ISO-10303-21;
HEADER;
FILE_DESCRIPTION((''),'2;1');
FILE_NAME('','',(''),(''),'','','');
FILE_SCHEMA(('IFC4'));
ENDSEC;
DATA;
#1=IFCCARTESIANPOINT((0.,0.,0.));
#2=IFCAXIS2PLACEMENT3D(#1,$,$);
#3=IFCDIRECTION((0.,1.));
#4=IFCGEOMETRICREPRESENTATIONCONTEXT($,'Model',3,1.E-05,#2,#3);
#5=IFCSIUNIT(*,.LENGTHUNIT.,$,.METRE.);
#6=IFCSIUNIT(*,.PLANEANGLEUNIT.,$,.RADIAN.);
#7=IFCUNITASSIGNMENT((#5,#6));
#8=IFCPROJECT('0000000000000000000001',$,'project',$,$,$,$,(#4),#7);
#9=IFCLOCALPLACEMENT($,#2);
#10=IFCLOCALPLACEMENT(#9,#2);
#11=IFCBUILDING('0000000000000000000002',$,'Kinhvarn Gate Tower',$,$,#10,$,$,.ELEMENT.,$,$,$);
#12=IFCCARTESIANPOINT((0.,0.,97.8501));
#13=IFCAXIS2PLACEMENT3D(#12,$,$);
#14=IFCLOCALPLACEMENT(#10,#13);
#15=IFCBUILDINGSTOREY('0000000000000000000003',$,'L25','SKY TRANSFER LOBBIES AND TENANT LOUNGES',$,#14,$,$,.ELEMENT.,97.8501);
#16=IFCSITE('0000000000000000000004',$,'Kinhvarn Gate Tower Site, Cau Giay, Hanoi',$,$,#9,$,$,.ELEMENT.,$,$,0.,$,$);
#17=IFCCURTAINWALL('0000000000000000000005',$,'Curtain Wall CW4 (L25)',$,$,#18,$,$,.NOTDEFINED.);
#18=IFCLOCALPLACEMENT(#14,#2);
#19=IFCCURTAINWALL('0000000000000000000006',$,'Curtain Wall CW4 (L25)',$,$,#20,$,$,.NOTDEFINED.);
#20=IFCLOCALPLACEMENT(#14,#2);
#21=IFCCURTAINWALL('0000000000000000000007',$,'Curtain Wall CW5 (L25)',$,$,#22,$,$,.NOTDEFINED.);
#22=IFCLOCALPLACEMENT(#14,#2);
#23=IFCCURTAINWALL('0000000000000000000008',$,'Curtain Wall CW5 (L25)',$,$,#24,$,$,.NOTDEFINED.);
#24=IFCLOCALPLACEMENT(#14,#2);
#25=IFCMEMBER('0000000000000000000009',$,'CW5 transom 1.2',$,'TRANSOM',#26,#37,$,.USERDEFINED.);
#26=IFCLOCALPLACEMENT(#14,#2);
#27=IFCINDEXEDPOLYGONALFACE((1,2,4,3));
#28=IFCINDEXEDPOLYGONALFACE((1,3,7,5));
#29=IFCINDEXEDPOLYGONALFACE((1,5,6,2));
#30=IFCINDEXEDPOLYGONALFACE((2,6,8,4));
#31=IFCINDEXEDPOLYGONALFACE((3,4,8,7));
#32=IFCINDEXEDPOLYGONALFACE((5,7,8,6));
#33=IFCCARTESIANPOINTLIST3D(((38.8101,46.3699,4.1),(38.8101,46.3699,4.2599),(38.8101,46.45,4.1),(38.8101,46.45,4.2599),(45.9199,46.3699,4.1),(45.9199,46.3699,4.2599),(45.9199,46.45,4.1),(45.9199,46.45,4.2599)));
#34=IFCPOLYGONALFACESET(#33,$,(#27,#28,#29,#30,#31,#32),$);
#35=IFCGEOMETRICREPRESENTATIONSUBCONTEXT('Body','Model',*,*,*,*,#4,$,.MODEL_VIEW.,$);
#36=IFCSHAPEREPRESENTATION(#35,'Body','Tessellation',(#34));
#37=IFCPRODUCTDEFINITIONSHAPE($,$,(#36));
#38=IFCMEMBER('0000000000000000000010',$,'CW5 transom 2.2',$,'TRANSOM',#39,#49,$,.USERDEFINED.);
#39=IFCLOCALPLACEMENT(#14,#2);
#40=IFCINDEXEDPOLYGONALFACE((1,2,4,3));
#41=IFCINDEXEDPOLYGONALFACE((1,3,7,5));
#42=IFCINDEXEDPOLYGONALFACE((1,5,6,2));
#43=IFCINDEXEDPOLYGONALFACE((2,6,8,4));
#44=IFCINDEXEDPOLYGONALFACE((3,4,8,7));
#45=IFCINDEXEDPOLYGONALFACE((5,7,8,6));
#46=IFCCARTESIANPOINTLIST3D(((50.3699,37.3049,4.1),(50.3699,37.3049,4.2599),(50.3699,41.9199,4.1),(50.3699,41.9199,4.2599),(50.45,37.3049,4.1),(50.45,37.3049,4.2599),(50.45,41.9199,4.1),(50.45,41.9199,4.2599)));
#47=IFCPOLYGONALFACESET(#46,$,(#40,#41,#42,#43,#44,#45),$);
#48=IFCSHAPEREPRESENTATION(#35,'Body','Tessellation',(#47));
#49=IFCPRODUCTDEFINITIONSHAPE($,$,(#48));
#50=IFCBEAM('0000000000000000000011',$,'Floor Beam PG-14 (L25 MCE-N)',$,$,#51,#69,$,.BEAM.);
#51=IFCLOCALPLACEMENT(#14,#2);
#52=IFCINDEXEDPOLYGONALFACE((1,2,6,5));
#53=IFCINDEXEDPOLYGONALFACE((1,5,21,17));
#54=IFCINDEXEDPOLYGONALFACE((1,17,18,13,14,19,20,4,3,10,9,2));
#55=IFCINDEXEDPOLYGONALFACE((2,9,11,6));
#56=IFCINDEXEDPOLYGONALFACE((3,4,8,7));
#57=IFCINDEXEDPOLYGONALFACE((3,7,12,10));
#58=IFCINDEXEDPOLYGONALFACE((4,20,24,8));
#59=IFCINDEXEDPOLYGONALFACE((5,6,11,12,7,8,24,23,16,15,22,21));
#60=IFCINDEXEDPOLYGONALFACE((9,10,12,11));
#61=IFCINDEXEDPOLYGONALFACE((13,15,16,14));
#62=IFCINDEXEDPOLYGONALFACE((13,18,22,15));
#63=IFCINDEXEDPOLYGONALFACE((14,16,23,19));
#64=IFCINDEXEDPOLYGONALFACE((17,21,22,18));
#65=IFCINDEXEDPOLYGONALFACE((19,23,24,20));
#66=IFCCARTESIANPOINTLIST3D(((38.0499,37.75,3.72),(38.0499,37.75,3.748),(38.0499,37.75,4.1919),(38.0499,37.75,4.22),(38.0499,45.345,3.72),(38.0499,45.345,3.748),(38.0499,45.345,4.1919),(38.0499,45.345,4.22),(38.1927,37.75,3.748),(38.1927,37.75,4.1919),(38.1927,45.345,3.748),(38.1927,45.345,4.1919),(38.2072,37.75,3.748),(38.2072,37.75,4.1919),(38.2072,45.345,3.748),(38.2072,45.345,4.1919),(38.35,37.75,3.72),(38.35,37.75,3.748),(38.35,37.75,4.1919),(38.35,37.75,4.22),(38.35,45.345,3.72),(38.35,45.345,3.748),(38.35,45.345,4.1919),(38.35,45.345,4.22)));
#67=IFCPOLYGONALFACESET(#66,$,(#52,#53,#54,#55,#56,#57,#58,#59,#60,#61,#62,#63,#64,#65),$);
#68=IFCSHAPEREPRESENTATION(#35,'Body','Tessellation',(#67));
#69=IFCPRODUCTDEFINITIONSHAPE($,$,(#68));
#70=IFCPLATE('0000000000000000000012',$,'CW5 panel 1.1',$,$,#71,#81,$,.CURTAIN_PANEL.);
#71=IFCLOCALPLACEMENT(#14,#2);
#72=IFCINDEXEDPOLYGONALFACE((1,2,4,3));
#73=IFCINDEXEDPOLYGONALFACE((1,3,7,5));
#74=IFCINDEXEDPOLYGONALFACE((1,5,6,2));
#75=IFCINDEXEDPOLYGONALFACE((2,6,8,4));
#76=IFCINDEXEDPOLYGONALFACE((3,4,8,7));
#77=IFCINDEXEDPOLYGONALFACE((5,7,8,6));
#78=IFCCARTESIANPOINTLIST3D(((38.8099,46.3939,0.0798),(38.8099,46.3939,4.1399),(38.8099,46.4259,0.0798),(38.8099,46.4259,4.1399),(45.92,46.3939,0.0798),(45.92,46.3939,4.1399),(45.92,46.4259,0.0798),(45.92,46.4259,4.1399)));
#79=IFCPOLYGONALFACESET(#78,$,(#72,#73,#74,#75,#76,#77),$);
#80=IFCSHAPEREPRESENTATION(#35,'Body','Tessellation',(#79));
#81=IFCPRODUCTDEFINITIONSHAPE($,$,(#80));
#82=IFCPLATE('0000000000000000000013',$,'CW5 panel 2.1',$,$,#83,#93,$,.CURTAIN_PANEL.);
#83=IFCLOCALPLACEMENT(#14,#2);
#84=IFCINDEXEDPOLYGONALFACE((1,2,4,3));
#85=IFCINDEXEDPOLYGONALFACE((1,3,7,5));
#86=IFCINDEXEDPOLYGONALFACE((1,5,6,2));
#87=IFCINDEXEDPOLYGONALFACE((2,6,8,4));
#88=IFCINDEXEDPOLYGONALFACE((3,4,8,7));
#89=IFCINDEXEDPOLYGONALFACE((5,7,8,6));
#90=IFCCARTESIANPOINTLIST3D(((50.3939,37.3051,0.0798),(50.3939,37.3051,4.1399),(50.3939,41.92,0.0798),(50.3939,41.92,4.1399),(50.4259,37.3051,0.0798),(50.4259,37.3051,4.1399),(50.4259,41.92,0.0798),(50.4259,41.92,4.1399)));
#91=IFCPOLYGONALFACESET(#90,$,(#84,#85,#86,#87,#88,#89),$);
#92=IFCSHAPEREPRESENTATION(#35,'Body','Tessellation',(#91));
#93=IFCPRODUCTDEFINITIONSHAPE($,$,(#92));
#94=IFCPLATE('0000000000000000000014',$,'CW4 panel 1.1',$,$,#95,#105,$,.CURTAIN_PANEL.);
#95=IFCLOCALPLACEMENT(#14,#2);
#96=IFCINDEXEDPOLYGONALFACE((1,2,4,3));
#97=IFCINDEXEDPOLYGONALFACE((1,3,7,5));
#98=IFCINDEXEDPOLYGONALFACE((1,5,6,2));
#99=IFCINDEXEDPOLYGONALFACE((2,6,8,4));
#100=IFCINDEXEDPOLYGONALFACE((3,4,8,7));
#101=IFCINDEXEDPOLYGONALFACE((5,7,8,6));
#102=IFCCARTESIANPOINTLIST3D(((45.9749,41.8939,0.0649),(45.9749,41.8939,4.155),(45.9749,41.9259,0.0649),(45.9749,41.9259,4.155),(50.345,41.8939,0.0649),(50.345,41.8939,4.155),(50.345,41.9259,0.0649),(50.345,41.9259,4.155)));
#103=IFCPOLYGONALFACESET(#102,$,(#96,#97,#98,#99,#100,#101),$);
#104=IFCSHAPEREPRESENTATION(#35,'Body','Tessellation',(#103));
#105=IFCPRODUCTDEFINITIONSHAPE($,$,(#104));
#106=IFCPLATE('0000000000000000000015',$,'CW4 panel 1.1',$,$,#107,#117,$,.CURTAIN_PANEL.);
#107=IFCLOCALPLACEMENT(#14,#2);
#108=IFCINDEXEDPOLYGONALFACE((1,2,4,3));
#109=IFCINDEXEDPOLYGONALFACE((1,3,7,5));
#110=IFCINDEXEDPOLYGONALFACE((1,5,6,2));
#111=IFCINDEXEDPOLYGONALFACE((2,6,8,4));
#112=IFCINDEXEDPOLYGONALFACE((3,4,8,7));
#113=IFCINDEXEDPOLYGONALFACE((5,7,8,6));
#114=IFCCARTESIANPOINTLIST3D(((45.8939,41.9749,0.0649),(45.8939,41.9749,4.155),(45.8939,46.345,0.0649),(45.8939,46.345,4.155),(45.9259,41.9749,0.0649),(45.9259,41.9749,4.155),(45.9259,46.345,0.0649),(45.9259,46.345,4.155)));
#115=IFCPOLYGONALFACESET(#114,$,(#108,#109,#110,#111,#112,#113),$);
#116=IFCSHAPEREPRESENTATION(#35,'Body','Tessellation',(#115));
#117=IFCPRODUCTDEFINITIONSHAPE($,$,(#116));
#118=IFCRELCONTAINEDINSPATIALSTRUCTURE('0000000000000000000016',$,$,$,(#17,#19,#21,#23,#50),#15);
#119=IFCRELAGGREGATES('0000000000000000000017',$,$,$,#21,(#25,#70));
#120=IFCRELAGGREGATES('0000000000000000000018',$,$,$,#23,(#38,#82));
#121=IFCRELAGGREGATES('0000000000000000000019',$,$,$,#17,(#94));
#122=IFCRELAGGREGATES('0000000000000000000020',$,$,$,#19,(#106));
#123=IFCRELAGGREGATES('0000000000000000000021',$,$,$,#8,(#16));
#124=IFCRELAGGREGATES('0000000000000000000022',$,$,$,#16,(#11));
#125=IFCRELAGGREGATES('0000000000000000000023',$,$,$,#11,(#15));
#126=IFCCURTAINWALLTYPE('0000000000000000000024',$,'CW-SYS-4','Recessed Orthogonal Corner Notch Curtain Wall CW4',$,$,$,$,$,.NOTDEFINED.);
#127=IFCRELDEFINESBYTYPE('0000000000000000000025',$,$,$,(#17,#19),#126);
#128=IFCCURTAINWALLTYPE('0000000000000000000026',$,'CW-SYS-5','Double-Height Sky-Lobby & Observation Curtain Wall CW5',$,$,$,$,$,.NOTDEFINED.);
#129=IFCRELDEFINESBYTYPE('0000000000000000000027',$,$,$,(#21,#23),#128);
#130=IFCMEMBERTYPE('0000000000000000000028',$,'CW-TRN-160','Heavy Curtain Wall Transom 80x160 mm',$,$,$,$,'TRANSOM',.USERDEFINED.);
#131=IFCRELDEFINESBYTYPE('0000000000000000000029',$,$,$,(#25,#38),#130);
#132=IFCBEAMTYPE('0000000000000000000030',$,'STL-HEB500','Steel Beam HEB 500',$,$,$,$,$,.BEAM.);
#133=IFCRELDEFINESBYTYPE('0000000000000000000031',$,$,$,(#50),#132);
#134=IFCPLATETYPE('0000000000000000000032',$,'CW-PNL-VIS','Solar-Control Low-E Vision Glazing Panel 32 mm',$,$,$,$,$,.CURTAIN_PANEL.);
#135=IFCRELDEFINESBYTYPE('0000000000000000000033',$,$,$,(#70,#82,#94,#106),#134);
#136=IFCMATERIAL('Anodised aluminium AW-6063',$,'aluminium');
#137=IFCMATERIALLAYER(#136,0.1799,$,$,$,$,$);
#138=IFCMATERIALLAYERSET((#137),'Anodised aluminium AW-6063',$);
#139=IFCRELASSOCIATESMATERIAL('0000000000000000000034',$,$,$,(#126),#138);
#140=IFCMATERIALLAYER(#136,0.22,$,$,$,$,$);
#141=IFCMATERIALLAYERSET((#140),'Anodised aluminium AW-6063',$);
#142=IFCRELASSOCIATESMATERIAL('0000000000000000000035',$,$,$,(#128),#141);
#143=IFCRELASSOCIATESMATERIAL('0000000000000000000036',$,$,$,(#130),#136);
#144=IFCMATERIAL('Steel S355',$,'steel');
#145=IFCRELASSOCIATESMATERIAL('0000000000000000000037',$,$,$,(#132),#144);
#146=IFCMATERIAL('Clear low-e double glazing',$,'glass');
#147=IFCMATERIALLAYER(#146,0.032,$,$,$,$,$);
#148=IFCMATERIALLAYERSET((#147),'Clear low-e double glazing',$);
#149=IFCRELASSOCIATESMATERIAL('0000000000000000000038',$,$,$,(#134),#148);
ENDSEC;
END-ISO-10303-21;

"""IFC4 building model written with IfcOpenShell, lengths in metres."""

from ifc_helpers import new_model, si_unit, direction, frame, origin, origin_2d, place, context, subcontext, project, spatial, rectangle, i_section, extrude, material, layer, layer_set, material_profile, profile_set, type_object, element, aggregate, save


model = new_model("IFC4")

# Units and contexts
model_context = context("Model", 3, precision=1e-05, world=origin(), true_north=direction((0.0, 1.0)))
body_context = subcontext(model_context, "Body", "Model", "MODEL_VIEW")
ifc_project = project(units=[si_unit("LENGTHUNIT", "METRE"), si_unit("PLANEANGLEUNIT", "RADIAN")], contexts=[model_context])

# Site, building, storey
site_placement = place(None, origin())
site = spatial("IfcSite", under=ifc_project, at=site_placement, Name="Kinhvarn Gate Tower Site, Cau Giay, Hanoi", CompositionType="ELEMENT", RefElevation=0.0)
building_placement = place(site_placement, origin())
building = spatial("IfcBuilding", under=site, at=building_placement, Name="Kinhvarn Gate Tower", CompositionType="ELEMENT")
storey_placement = place(building_placement, frame((0.0, 0.0, 97.8501)))
storey = spatial("IfcBuildingStorey", under=building, at=storey_placement, Name="L25", Description="SKY TRANSFER LOBBIES AND TENANT LOUNGES", CompositionType="ELEMENT", Elevation=97.8501)

# Curtain walls
ifc_material_1 = material(Name="Anodised aluminium AW-6063", Category="aluminium")
ifc_layer_1 = layer(ifc_material_1, 0.1799)
ifc_layer_set_1 = layer_set([ifc_layer_1], Name="Anodised aluminium AW-6063")
curtain_wall_type_1 = type_object("IfcCurtainWallType", Name="CW-SYS-4", Description="Recessed Orthogonal Corner Notch Curtain Wall CW4", PredefinedType="NOTDEFINED", material=ifc_layer_set_1)
curtain_wall_1_placement = place(storey_placement, origin())
curtain_wall_1 = element("IfcCurtainWall", 1, at=curtain_wall_1_placement, inside=storey, type_object=curtain_wall_type_1, Name="Curtain Wall CW4 (L25)", PredefinedType="NOTDEFINED")
curtain_wall_2_placement = place(storey_placement, origin())
curtain_wall_2 = element("IfcCurtainWall", 2, at=curtain_wall_2_placement, inside=storey, type_object=curtain_wall_type_1, Name="Curtain Wall CW4 (L25)", PredefinedType="NOTDEFINED")
ifc_layer_2 = layer(ifc_material_1, 0.22)
ifc_layer_set_2 = layer_set([ifc_layer_2], Name="Anodised aluminium AW-6063")
curtain_wall_type_2 = type_object("IfcCurtainWallType", Name="CW-SYS-5", Description="Double-Height Sky-Lobby & Observation Curtain Wall CW5", PredefinedType="NOTDEFINED", material=ifc_layer_set_2)
curtain_wall_3_placement = place(storey_placement, origin())
curtain_wall_3 = element("IfcCurtainWall", 3, at=curtain_wall_3_placement, inside=storey, type_object=curtain_wall_type_2, Name="Curtain Wall CW5 (L25)", PredefinedType="NOTDEFINED")

# Curtain wall
curtain_wall_4_placement = place(storey_placement, origin())
curtain_wall_4 = element("IfcCurtainWall", 4, at=curtain_wall_4_placement, inside=storey, type_object=curtain_wall_type_2, Name="Curtain Wall CW5 (L25)", PredefinedType="NOTDEFINED")

# Members
ifc_material_profile_1 = material_profile(ifc_material_1, rectangle(XDim=0.0801, YDim=0.1599, at=origin_2d()), Name="ALU 80x160")
ifc_profile_set_1 = profile_set([ifc_material_profile_1], Name="Anodised aluminium AW-6063")
member_type_1 = type_object("IfcMemberType", Name="CW-TRN-160", Description="Heavy Curtain Wall Transom 80x160 mm", ElementType="TRANSOM", PredefinedType="USERDEFINED", material=ifc_profile_set_1)
member_1_placement = place(storey_placement, frame((45.9199, 46.4099, 4.1799), z_axis=(-1.0, 0.0, 0.0), x_axis=(0.0, -1.0, 0.0)))
member_1 = element("IfcMember", 5, at=member_1_placement, type_object=member_type_1, Name="CW5 transom 1.2", ObjectType="TRANSOM", PredefinedType="USERDEFINED", context=body_context, shape_type="SweptSolid", body=[
    extrude(rectangle(XDim=0.0801, YDim=0.1599, at=origin_2d()), origin(), (0.0, 0.0, 1.0), 7.1099),
])
member_2_placement = place(storey_placement, frame((50.4099, 37.3049, 4.1799), z_axis=(0.0, 1.0, 0.0), x_axis=(-1.0, 0.0, 0.0)))
member_2 = element("IfcMember", 6, at=member_2_placement, type_object=member_type_1, Name="CW5 transom 2.2", ObjectType="TRANSOM", PredefinedType="USERDEFINED", context=body_context, shape_type="SweptSolid", body=[
    extrude(rectangle(XDim=0.0801, YDim=0.1599, at=origin_2d()), origin(), (0.0, 0.0, 1.0), 4.615),
])

# Beam
ifc_material_2 = material(Name="Steel S355", Category="steel")
ifc_material_profile_2 = material_profile(ifc_material_2, i_section(OverallWidth=0.3, OverallDepth=0.5, WebThickness=0.0144, FlangeThickness=0.0281, at=origin_2d()), Name="HEB 500")
ifc_profile_set_2 = profile_set([ifc_material_profile_2], Name="Steel S355")
beam_type = type_object("IfcBeamType", Name="STL-HEB500", Description="Steel Beam HEB 500", PredefinedType="BEAM", material=ifc_profile_set_2)
beam_placement = place(storey_placement, frame((38.2, 37.75, 3.97), z_axis=(0.0, 1.0, 0.0), x_axis=(-1.0, 0.0, 0.0)))
element("IfcBeam", 7, at=beam_placement, inside=storey, type_object=beam_type, Name="Floor Beam PG-14 (L25 MCE-N)", PredefinedType="BEAM", context=body_context, shape_type="SweptSolid", body=[
    extrude(i_section(OverallWidth=0.3, OverallDepth=0.5, WebThickness=0.0144, FlangeThickness=0.0281, at=origin_2d()), origin(), (0.0, 0.0, 1.0), 7.595),
])

# Plates
ifc_material_3 = material(Name="Clear low-e double glazing", Category="glass")
ifc_layer_3 = layer(ifc_material_3, 0.032)
ifc_layer_set_3 = layer_set([ifc_layer_3], Name="Clear low-e double glazing")
plate_type = type_object("IfcPlateType", Name="CW-PNL-VIS", Description="Solar-Control Low-E Vision Glazing Panel 32 mm", PredefinedType="CURTAIN_PANEL", material=ifc_layer_set_3)
plate_1_placement = place(storey_placement, frame((42.365, 46.4099, 0.0798), z_axis=(0.0, 0.0, 1.0), x_axis=(-1.0, 0.0, 0.0)))
plate_1 = element("IfcPlate", 8, at=plate_1_placement, type_object=plate_type, Name="CW5 panel 1.1", PredefinedType="CURTAIN_PANEL", context=body_context, shape_type="SweptSolid", body=[
    extrude(rectangle(XDim=7.1101, YDim=0.032, at=origin_2d()), origin(), (0.0, 0.0, 1.0), 4.0601),
])
aggregate(curtain_wall_3, [member_1, plate_1])
plate_2_placement = place(storey_placement, frame((50.4099, 39.6125, 0.0798), z_axis=(0.0, 0.0, 1.0), x_axis=(0.0, 1.0, 0.0)))
plate_2 = element("IfcPlate", 9, at=plate_2_placement, type_object=plate_type, Name="CW5 panel 2.1", PredefinedType="CURTAIN_PANEL", context=body_context, shape_type="SweptSolid", body=[
    extrude(rectangle(XDim=4.615, YDim=0.032, at=origin_2d()), origin(), (0.0, 0.0, 1.0), 4.0601),
])
aggregate(curtain_wall_4, [member_2, plate_2])
plate_3_placement = place(storey_placement, frame((48.1599, 41.9099, 0.0649), z_axis=(0.0, 0.0, 1.0), x_axis=(-1.0, 0.0, 0.0)))
plate_3 = element("IfcPlate", 10, at=plate_3_placement, type_object=plate_type, Name="CW4 panel 1.1", PredefinedType="CURTAIN_PANEL", context=body_context, shape_type="SweptSolid", body=[
    extrude(rectangle(XDim=4.3701, YDim=0.032, at=origin_2d()), origin(), (0.0, 0.0, 1.0), 4.0901),
])
aggregate(curtain_wall_1, [plate_3])
plate_4_placement = place(storey_placement, frame((45.9099, 44.1599, 0.0649), z_axis=(0.0, 0.0, 1.0), x_axis=(0.0, 1.0, 0.0)))
plate_4 = element("IfcPlate", 11, at=plate_4_placement, type_object=plate_type, Name="CW4 panel 1.1", PredefinedType="CURTAIN_PANEL", context=body_context, shape_type="SweptSolid", body=[
    extrude(rectangle(XDim=4.3701, YDim=0.032, at=origin_2d()), origin(), (0.0, 0.0, 1.0), 4.0901),
])
aggregate(curtain_wall_2, [plate_4])

save(model, "model.ifc")
